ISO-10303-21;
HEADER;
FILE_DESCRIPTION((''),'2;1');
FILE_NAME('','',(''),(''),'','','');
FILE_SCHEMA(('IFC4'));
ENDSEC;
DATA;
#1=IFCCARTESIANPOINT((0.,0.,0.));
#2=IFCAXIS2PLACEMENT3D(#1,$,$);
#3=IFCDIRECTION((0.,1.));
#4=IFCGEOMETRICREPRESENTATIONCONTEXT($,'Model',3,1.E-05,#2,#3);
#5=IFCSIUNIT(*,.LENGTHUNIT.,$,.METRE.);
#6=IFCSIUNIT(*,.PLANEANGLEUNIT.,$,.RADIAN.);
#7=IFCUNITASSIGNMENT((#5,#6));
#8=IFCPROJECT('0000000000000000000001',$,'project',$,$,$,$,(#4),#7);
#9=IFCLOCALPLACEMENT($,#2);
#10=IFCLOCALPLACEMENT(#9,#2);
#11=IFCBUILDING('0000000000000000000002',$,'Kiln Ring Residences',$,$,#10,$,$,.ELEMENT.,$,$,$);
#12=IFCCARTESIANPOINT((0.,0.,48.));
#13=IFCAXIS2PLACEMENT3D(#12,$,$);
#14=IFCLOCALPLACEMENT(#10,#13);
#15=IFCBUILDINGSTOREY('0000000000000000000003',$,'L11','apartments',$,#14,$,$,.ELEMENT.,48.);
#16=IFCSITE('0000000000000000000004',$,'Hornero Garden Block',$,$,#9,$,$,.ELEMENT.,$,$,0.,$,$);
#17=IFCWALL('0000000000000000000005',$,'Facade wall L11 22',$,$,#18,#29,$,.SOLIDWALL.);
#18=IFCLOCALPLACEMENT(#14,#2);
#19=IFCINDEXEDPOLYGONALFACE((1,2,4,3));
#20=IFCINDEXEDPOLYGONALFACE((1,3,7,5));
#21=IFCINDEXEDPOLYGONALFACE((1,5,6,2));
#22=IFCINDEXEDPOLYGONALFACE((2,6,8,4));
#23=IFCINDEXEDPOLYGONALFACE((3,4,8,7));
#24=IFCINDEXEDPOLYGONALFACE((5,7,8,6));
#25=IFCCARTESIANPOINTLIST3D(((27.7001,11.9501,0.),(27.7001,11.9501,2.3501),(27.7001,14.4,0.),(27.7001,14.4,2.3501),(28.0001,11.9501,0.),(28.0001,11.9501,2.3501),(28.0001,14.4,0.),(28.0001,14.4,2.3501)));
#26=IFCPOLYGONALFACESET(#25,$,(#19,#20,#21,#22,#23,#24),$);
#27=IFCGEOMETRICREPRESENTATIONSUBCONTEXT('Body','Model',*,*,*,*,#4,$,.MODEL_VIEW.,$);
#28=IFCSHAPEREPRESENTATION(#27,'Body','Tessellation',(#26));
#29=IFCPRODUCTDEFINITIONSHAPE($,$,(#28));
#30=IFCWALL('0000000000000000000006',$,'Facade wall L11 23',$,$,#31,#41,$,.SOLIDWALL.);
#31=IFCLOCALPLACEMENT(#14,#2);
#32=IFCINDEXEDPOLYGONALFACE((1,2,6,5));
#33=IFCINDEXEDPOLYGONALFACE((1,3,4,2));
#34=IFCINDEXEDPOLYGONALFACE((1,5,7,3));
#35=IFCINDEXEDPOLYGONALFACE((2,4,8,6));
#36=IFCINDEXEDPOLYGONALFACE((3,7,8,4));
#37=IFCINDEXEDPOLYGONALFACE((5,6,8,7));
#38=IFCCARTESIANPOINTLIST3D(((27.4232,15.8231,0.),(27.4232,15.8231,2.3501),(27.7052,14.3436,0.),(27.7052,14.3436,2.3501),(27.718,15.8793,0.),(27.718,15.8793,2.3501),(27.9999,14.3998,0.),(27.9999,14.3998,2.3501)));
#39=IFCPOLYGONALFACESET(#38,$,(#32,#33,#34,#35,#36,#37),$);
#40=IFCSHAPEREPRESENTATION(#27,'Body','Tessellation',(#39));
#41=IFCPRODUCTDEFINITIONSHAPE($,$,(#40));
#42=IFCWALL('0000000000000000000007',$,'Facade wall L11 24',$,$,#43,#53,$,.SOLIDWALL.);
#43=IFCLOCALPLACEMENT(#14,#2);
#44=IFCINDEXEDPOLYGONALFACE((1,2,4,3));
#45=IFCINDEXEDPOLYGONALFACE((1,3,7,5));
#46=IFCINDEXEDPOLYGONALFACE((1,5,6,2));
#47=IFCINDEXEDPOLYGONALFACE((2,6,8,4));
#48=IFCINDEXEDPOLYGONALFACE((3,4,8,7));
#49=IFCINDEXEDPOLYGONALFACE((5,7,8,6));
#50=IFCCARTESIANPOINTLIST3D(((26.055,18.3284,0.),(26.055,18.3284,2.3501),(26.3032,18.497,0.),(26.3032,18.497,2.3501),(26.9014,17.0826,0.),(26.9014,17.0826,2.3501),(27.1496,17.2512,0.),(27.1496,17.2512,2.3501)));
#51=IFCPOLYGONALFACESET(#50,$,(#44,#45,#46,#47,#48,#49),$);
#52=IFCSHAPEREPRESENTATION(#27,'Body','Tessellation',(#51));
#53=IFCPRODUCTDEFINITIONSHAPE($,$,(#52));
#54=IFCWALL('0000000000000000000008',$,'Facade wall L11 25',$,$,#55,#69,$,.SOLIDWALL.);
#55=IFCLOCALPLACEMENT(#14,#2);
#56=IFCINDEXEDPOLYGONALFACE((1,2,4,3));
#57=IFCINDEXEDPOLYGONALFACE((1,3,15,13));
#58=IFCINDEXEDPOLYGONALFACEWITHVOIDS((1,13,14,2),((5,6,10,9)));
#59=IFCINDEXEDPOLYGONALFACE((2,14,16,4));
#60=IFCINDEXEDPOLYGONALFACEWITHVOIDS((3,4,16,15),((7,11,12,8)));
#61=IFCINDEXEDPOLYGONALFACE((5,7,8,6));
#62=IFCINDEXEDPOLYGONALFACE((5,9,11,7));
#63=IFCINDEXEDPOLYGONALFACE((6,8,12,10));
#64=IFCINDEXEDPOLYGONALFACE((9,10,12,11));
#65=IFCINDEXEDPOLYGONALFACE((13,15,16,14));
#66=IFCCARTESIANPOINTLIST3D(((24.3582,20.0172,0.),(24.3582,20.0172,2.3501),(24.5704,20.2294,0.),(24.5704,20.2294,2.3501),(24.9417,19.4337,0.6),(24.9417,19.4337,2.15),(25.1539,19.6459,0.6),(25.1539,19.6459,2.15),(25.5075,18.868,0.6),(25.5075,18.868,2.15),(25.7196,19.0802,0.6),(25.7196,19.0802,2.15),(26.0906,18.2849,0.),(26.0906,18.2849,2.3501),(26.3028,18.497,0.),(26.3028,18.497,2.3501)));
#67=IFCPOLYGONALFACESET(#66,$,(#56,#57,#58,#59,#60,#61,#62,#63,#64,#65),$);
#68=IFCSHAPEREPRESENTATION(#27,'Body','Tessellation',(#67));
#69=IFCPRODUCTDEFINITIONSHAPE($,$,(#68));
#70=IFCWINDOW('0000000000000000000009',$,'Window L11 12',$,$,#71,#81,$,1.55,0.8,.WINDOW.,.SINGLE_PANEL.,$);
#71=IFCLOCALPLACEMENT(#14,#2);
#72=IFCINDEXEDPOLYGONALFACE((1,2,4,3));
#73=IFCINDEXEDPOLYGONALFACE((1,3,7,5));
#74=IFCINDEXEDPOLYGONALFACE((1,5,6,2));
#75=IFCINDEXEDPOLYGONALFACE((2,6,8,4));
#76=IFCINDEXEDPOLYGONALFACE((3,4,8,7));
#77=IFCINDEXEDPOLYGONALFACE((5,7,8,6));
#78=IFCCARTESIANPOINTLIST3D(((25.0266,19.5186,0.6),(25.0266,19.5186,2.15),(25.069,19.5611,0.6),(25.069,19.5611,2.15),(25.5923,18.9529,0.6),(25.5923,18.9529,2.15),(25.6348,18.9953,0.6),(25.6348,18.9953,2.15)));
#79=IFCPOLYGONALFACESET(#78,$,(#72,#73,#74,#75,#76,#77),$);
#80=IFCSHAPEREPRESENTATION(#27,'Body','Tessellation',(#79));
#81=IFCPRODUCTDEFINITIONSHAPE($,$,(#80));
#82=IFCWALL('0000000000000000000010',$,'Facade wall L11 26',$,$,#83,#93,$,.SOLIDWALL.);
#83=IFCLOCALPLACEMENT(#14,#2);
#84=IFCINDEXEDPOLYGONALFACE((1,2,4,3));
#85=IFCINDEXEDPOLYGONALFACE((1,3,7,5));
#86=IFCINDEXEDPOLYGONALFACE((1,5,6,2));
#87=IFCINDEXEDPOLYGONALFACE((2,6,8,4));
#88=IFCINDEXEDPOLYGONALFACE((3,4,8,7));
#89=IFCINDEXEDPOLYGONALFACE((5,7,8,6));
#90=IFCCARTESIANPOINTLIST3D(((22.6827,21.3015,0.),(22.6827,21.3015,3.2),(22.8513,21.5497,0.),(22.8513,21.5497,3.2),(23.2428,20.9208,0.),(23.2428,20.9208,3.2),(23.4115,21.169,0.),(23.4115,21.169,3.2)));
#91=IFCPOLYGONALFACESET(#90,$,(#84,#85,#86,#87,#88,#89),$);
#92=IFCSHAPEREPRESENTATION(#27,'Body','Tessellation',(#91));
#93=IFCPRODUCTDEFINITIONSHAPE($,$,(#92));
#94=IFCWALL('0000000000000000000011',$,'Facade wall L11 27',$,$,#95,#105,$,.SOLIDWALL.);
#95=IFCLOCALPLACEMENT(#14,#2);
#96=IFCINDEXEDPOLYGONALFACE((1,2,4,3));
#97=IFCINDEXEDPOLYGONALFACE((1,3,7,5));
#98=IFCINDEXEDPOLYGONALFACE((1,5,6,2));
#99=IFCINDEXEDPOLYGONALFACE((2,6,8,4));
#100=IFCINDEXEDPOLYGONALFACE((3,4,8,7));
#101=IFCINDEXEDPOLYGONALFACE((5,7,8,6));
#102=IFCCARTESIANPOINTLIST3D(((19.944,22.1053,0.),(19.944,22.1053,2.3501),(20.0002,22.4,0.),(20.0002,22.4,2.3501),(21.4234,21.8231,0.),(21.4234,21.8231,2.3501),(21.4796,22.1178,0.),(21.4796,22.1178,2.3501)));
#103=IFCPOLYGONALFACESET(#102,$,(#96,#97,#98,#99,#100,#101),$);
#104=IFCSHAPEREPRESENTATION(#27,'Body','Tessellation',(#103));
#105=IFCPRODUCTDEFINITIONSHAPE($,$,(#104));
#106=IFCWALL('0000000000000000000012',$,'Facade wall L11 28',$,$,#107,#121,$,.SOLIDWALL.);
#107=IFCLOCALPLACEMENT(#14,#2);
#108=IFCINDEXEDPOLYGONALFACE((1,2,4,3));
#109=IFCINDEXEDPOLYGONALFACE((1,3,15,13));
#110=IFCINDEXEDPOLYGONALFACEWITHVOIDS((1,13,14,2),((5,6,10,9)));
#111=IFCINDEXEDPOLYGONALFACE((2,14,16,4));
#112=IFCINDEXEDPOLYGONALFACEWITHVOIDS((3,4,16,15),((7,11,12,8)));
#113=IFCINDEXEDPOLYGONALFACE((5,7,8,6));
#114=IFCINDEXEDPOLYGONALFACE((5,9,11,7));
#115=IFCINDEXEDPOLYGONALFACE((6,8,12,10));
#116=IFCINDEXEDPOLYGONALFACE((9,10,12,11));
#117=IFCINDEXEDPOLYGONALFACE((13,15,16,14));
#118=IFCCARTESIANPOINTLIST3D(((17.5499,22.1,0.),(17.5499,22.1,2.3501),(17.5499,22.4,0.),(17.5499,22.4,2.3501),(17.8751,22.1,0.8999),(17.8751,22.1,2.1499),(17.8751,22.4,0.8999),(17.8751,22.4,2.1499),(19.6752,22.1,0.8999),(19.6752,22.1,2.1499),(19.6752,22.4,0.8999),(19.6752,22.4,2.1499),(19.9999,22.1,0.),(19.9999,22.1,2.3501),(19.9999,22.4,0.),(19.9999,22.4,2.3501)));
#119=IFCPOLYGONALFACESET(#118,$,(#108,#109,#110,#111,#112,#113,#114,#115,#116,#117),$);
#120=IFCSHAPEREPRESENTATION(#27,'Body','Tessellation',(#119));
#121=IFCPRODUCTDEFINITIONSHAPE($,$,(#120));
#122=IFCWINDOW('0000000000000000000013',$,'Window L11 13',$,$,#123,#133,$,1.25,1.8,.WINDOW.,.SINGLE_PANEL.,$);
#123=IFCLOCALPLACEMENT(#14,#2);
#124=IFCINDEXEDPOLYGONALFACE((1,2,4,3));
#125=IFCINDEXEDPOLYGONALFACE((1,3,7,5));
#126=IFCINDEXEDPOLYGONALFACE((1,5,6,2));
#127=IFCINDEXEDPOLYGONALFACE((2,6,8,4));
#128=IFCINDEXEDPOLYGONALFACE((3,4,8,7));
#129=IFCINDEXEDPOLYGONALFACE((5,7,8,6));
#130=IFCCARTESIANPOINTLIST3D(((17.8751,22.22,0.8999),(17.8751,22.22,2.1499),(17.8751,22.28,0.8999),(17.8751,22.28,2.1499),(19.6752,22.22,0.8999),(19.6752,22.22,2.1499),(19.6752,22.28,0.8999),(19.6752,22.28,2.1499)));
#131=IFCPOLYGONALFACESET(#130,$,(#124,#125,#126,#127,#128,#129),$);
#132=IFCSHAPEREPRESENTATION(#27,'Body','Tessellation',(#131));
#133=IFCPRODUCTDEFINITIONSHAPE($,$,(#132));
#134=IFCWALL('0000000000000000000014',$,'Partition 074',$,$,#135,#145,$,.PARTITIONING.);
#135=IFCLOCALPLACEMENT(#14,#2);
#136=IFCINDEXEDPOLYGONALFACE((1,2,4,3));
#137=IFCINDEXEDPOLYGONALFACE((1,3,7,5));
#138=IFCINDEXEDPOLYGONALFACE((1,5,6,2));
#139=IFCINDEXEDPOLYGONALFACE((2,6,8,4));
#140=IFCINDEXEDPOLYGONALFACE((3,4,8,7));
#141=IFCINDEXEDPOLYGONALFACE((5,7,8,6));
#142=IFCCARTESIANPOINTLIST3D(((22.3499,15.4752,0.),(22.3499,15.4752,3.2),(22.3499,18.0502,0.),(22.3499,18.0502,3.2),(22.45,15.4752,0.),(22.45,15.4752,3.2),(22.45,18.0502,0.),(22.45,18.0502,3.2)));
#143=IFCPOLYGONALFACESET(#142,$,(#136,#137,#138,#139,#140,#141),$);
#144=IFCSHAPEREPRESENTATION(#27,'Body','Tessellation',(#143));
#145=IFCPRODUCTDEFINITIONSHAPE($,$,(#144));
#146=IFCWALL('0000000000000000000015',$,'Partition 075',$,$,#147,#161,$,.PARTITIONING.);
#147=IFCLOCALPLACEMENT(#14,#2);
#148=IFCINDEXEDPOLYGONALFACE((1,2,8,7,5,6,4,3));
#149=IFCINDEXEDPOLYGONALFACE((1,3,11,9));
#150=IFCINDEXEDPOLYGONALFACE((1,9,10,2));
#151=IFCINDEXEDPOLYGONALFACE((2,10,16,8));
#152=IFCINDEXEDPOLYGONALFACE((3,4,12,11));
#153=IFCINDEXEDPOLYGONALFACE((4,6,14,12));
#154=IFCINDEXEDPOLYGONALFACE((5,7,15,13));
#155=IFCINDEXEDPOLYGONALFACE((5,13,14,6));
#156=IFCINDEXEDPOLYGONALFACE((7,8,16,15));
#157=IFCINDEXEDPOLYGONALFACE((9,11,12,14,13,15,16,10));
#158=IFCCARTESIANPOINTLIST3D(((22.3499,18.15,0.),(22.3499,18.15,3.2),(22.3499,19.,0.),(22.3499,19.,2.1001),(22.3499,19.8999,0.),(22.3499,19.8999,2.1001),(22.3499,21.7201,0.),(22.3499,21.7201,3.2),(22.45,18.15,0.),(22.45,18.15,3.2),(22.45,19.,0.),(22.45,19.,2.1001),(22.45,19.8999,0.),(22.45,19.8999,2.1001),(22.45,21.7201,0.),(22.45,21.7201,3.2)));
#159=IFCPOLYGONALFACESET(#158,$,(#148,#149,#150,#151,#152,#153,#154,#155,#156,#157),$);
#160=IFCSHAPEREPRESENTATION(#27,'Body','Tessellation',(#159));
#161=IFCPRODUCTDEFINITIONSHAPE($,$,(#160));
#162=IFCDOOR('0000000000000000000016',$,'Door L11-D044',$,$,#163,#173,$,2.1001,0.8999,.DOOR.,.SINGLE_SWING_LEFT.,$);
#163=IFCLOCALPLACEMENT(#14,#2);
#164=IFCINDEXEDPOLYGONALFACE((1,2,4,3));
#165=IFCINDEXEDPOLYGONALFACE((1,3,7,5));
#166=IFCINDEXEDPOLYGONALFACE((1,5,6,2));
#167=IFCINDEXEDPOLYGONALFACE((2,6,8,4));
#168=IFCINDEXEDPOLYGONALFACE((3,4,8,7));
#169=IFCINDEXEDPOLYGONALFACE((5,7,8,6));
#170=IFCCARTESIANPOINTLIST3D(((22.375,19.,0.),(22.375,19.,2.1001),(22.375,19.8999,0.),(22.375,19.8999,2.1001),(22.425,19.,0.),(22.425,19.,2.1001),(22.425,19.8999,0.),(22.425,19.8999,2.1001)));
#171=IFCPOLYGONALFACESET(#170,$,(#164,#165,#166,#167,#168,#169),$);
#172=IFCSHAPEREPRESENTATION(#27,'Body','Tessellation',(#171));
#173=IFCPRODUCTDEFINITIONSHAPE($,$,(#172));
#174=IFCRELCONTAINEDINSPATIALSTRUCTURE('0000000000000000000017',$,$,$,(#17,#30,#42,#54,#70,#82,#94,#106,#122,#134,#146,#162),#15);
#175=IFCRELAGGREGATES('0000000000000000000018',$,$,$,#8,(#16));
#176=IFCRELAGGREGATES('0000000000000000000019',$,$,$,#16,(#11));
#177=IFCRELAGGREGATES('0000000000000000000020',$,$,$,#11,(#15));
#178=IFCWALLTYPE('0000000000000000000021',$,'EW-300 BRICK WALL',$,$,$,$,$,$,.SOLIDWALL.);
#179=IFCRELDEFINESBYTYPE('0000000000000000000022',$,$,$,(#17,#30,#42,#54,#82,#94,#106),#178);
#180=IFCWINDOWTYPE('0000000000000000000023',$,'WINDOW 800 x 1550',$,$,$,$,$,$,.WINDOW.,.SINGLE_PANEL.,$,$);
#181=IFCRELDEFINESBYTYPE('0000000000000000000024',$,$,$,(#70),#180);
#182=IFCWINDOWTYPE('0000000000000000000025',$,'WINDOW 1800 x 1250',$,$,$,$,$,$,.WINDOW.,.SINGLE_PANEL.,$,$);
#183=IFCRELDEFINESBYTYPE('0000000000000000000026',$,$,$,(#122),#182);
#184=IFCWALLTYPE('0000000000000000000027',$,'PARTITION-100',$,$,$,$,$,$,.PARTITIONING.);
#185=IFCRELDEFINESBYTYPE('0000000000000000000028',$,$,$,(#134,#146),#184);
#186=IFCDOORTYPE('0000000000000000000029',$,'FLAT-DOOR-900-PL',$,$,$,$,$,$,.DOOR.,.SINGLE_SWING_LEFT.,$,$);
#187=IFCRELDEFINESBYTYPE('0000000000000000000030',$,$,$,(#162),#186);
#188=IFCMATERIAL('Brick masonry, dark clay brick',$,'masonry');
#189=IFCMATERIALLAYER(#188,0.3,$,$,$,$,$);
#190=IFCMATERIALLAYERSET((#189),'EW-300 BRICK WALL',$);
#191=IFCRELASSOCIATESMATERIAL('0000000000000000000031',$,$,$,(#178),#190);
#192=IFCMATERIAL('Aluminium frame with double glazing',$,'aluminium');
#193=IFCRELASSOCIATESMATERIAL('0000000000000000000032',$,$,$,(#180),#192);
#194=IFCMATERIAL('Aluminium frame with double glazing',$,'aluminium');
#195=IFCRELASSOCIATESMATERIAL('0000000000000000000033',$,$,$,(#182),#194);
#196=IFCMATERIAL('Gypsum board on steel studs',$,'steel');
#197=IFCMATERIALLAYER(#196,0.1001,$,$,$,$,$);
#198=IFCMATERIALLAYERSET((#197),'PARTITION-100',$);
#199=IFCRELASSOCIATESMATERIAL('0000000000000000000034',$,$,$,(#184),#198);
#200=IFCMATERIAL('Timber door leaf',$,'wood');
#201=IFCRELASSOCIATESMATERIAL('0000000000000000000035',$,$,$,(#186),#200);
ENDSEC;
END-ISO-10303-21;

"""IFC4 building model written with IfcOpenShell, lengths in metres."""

from ifc_helpers import new_model, si_unit, direction, frame, frame_2d, origin, place, context, subcontext, project, spatial, rectangle, extrude, material, layer, layer_set, type_object, element, fill, save


model = new_model("IFC4")

# Units and contexts
model_context = context("Model", 3, precision=1e-05, world=origin(), true_north=direction((0.0, 1.0)))
body_context = subcontext(model_context, "Body", "Model", "MODEL_VIEW")
ifc_project = project(units=[si_unit("LENGTHUNIT", "METRE"), si_unit("PLANEANGLEUNIT", "RADIAN")], contexts=[model_context])

# Site, building, storey
site_placement = place(None, origin())
site = spatial("IfcSite", under=ifc_project, at=site_placement, Name="Hornero Garden Block", CompositionType="ELEMENT", RefElevation=0.0)
building_placement = place(site_placement, origin())
building = spatial("IfcBuilding", under=site, at=building_placement, Name="Kiln Ring Residences", CompositionType="ELEMENT")
storey_placement = place(building_placement, frame((0.0, 0.0, 48.0)))
storey = spatial("IfcBuildingStorey", under=building, at=storey_placement, Name="L11", Description="apartments", CompositionType="ELEMENT", Elevation=48.0)

# Walls
ifc_material_1 = material(Name="Brick masonry, dark clay brick", Category="masonry")
ifc_layer_1 = layer(ifc_material_1, 0.3)
ifc_layer_set_1 = layer_set([ifc_layer_1], Name="EW-300 BRICK WALL")
wall_type_1 = type_object("IfcWallType", Name="EW-300 BRICK WALL", PredefinedType="SOLIDWALL", material=ifc_layer_set_1)
wall_1_placement = place(storey_placement, frame((27.8501, 11.95, 0.0), z_axis=(0.0, 0.0, 1.0), x_axis=(0.0, 1.0, 0.0)))
element("IfcWall", 1, at=wall_1_placement, inside=storey, type_object=wall_type_1, Name="Facade wall L11 22", PredefinedType="SOLIDWALL", context=body_context, shape_type="SweptSolid", body=[
    extrude(rectangle(XDim=2.45, YDim=0.3, at=frame_2d((1.2251, 0.0))), origin(), (0.0, 0.0, 1.0), 2.3501),
])
for number, where, z_axis, x_axis, name in (
    (2, (27.8525, 14.3718, 0.0), (0.0, 0.0, 1.0), (-0.187224, 0.982317, 0.0), "Facade wall L11 23"),
    (3, (27.0254, 17.167, 0.0), (0.0, 0.0, 1.0), (-0.561973, 0.827156, 0.0), "Facade wall L11 24"),
):
    element("IfcWall", number, at=place(storey_placement, frame(where, z_axis=z_axis, x_axis=x_axis)), inside=storey, type_object=wall_type_1, Name=name, PredefinedType="SOLIDWALL", context=body_context, shape_type="SweptSolid", body=[
        extrude(rectangle(XDim=1.5061, YDim=0.3, at=frame_2d((0.7529, 0.0))), origin(), (0.0, 0.0, 1.0), 2.3501),
    ])

# Wall, opening, window
wall_2_placement = place(storey_placement, frame((26.1968, 18.3909, 0.0), z_axis=(0.0, 0.0, 1.0), x_axis=(-0.707107, 0.707107, 0.0)))
wall_2 = element("IfcWall", 4, at=wall_2_placement, inside=storey, type_object=wall_type_1, Name="Facade wall L11 25", PredefinedType="SOLIDWALL", context=body_context, shape_type="SweptSolid", body=[
    extrude(rectangle(XDim=2.45, YDim=0.3, at=frame_2d((1.2251, 0.0))), origin(), (0.0, 0.0, 1.0), 2.3501),
])
opening_1_placement = place(wall_2_placement, frame((0.825, 0.0, 0.6001)))
opening_1 = element("IfcOpeningElement", 5, at=opening_1_placement, cuts=wall_2, PredefinedType="OPENING", context=body_context, shape_type="SweptSolid", body=[
    extrude(rectangle(XDim=0.8, YDim=1.55, at=frame_2d((0.3999, 0.7749))), frame((0.0, 0.1599, 0.0), z_axis=(0.0, -1.0, 0.0), x_axis=(1.0, 0.0, 0.0)), (0.0, 0.0, 1.0), 0.3201),
])
ifc_material_2 = material(Name="Aluminium frame with double glazing", Category="aluminium")
window_type_1 = type_object("IfcWindowType", Name="WINDOW 800 x 1550", PartitioningType="SINGLE_PANEL", PredefinedType="WINDOW", material=ifc_material_2)
window_1_placement = place(opening_1_placement, origin())
window_1 = element("IfcWindow", 6, at=window_1_placement, inside=storey, type_object=window_type_1, Name="Window L11 12", OverallHeight=1.55, OverallWidth=0.8, PartitioningType="SINGLE_PANEL", PredefinedType="WINDOW", context=body_context, shape_type="SweptSolid", body=[
    extrude(rectangle(XDim=0.8, YDim=1.55, at=frame_2d((0.3999, 0.7749))), frame((0.0, 0.03, 0.0), z_axis=(0.0, -1.0, 0.0), x_axis=(1.0, 0.0, 0.0)), (0.0, 0.0, 1.0), 0.0601),
])
fill(opening_1, window_1)

# Walls
wall_3_placement = place(storey_placement, frame((23.3271, 21.0449, 0.0), z_axis=(0.0, 0.0, 1.0), x_axis=(-0.827081, 0.562083, 0.0)))
element("IfcWall", 7, at=wall_3_placement, inside=storey, type_object=wall_type_1, Name="Facade wall L11 26", PredefinedType="SOLIDWALL", context=body_context, shape_type="SweptSolid", body=[
    extrude(rectangle(XDim=0.6772, YDim=0.3, at=frame_2d((0.3386, 0.0))), origin(), (0.0, 0.0, 1.0), 3.2),
])
wall_4_placement = place(storey_placement, frame((21.4514, 21.9705, 0.0), z_axis=(0.0, 0.0, 1.0), x_axis=(-0.982287, 0.18738, 0.0)))
element("IfcWall", 8, at=wall_4_placement, inside=storey, type_object=wall_type_1, Name="Facade wall L11 27", PredefinedType="SOLIDWALL", context=body_context, shape_type="SweptSolid", body=[
    extrude(rectangle(XDim=1.5061, YDim=0.3, at=frame_2d((0.7529, 0.0))), origin(), (0.0, 0.0, 1.0), 2.3501),
])

# Wall, opening, window
wall_5_placement = place(storey_placement, frame((20.0, 22.25, 0.0), z_axis=(0.0, 0.0, 1.0), x_axis=(-1.0, 0.0, 0.0)))
wall_5 = element("IfcWall", 9, at=wall_5_placement, inside=storey, type_object=wall_type_1, Name="Facade wall L11 28", PredefinedType="SOLIDWALL", context=body_context, shape_type="SweptSolid", body=[
    extrude(rectangle(XDim=2.45, YDim=0.3, at=frame_2d((1.2251, 0.0))), origin(), (0.0, 0.0, 1.0), 2.3501),
])
opening_2_placement = place(wall_5_placement, frame((0.325, 0.0, 0.8999)))
opening_2 = element("IfcOpeningElement", 10, at=opening_2_placement, cuts=wall_5, PredefinedType="OPENING", context=body_context, shape_type="SweptSolid", body=[
    extrude(rectangle(XDim=1.8, YDim=1.25, at=frame_2d((0.8999, 0.625))), frame((0.0, 0.1599, 0.0), z_axis=(0.0, -1.0, 0.0), x_axis=(1.0, 0.0, 0.0)), (0.0, 0.0, 1.0), 0.3201),
])
ifc_material_3 = material(Name="Aluminium frame with double glazing", Category="aluminium")
window_type_2 = type_object("IfcWindowType", Name="WINDOW 1800 x 1250", PartitioningType="SINGLE_PANEL", PredefinedType="WINDOW", material=ifc_material_3)
window_2_placement = place(opening_2_placement, origin())
window_2 = element("IfcWindow", 11, at=window_2_placement, inside=storey, type_object=window_type_2, Name="Window L11 13", OverallHeight=1.25, OverallWidth=1.8, PartitioningType="SINGLE_PANEL", PredefinedType="WINDOW", context=body_context, shape_type="SweptSolid", body=[
    extrude(rectangle(XDim=1.8, YDim=1.25, at=frame_2d((0.8999, 0.625))), frame((0.0, 0.03, 0.0), z_axis=(0.0, -1.0, 0.0), x_axis=(1.0, 0.0, 0.0)), (0.0, 0.0, 1.0), 0.0601),
])
fill(opening_2, window_2)

# Wall
ifc_material_4 = material(Name="Gypsum board on steel studs", Category="steel")
ifc_layer_2 = layer(ifc_material_4, 0.1001)
ifc_layer_set_2 = layer_set([ifc_layer_2], Name="PARTITION-100")
wall_type_2 = type_object("IfcWallType", Name="PARTITION-100", PredefinedType="PARTITIONING", material=ifc_layer_set_2)
wall_6_placement = place(storey_placement, frame((22.3999, 15.4751, 0.0), z_axis=(0.0, 0.0, 1.0), x_axis=(0.0, 1.0, 0.0)))
element("IfcWall", 12, at=wall_6_placement, inside=storey, type_object=wall_type_2, Name="Partition 074", PredefinedType="PARTITIONING", context=body_context, shape_type="SweptSolid", body=[
    extrude(rectangle(XDim=2.575, YDim=0.1001, at=frame_2d((1.2876, 0.0))), origin(), (0.0, 0.0, 1.0), 3.2),
])

# Wall, opening, door
wall_7_placement = place(storey_placement, frame((22.3999, 18.1499, 0.0), z_axis=(0.0, 0.0, 1.0), x_axis=(0.0, 1.0, 0.0)))
wall_7 = element("IfcWall", 13, at=wall_7_placement, inside=storey, type_object=wall_type_2, Name="Partition 075", PredefinedType="PARTITIONING", context=body_context, shape_type="SweptSolid", body=[
    extrude(rectangle(XDim=3.5701, YDim=0.1001, at=frame_2d((1.7852, 0.0))), origin(), (0.0, 0.0, 1.0), 3.2),
])
opening_3_placement = place(wall_7_placement, frame((0.8501, 0.0, 0.0)))
opening_3 = element("IfcOpeningElement", 14, at=opening_3_placement, cuts=wall_7, PredefinedType="OPENING", context=body_context, shape_type="SweptSolid", body=[
    extrude(rectangle(XDim=0.8999, YDim=2.1001, at=frame_2d((0.45, 1.05))), frame((0.0, 0.0601, 0.0), z_axis=(0.0, -1.0, 0.0), x_axis=(1.0, 0.0, 0.0)), (0.0, 0.0, 1.0), 0.1201),
])
ifc_material_5 = material(Name="Timber door leaf", Category="wood")
door_type_1 = type_object("IfcDoorType", Name="FLAT-DOOR-900-PL", OperationType="SINGLE_SWING_LEFT", PredefinedType="DOOR", material=ifc_material_5)
door_1_placement = place(opening_3_placement, origin())
door_1 = element("IfcDoor", 15, at=door_1_placement, inside=storey, type_object=door_type_1, Name="Door L11-D044", OperationType="SINGLE_SWING_LEFT", OverallHeight=2.1001, OverallWidth=0.8999, PredefinedType="DOOR", context=body_context, shape_type="SweptSolid", body=[
    extrude(rectangle(XDim=0.8999, YDim=2.1001, at=frame_2d((0.45, 1.05))), frame((0.0, 0.0249, 0.0), z_axis=(0.0, -1.0, 0.0), x_axis=(1.0, 0.0, 0.0)), (0.0, 0.0, 1.0), 0.05),
])
fill(opening_3, door_1)

save(model, "model.ifc")
